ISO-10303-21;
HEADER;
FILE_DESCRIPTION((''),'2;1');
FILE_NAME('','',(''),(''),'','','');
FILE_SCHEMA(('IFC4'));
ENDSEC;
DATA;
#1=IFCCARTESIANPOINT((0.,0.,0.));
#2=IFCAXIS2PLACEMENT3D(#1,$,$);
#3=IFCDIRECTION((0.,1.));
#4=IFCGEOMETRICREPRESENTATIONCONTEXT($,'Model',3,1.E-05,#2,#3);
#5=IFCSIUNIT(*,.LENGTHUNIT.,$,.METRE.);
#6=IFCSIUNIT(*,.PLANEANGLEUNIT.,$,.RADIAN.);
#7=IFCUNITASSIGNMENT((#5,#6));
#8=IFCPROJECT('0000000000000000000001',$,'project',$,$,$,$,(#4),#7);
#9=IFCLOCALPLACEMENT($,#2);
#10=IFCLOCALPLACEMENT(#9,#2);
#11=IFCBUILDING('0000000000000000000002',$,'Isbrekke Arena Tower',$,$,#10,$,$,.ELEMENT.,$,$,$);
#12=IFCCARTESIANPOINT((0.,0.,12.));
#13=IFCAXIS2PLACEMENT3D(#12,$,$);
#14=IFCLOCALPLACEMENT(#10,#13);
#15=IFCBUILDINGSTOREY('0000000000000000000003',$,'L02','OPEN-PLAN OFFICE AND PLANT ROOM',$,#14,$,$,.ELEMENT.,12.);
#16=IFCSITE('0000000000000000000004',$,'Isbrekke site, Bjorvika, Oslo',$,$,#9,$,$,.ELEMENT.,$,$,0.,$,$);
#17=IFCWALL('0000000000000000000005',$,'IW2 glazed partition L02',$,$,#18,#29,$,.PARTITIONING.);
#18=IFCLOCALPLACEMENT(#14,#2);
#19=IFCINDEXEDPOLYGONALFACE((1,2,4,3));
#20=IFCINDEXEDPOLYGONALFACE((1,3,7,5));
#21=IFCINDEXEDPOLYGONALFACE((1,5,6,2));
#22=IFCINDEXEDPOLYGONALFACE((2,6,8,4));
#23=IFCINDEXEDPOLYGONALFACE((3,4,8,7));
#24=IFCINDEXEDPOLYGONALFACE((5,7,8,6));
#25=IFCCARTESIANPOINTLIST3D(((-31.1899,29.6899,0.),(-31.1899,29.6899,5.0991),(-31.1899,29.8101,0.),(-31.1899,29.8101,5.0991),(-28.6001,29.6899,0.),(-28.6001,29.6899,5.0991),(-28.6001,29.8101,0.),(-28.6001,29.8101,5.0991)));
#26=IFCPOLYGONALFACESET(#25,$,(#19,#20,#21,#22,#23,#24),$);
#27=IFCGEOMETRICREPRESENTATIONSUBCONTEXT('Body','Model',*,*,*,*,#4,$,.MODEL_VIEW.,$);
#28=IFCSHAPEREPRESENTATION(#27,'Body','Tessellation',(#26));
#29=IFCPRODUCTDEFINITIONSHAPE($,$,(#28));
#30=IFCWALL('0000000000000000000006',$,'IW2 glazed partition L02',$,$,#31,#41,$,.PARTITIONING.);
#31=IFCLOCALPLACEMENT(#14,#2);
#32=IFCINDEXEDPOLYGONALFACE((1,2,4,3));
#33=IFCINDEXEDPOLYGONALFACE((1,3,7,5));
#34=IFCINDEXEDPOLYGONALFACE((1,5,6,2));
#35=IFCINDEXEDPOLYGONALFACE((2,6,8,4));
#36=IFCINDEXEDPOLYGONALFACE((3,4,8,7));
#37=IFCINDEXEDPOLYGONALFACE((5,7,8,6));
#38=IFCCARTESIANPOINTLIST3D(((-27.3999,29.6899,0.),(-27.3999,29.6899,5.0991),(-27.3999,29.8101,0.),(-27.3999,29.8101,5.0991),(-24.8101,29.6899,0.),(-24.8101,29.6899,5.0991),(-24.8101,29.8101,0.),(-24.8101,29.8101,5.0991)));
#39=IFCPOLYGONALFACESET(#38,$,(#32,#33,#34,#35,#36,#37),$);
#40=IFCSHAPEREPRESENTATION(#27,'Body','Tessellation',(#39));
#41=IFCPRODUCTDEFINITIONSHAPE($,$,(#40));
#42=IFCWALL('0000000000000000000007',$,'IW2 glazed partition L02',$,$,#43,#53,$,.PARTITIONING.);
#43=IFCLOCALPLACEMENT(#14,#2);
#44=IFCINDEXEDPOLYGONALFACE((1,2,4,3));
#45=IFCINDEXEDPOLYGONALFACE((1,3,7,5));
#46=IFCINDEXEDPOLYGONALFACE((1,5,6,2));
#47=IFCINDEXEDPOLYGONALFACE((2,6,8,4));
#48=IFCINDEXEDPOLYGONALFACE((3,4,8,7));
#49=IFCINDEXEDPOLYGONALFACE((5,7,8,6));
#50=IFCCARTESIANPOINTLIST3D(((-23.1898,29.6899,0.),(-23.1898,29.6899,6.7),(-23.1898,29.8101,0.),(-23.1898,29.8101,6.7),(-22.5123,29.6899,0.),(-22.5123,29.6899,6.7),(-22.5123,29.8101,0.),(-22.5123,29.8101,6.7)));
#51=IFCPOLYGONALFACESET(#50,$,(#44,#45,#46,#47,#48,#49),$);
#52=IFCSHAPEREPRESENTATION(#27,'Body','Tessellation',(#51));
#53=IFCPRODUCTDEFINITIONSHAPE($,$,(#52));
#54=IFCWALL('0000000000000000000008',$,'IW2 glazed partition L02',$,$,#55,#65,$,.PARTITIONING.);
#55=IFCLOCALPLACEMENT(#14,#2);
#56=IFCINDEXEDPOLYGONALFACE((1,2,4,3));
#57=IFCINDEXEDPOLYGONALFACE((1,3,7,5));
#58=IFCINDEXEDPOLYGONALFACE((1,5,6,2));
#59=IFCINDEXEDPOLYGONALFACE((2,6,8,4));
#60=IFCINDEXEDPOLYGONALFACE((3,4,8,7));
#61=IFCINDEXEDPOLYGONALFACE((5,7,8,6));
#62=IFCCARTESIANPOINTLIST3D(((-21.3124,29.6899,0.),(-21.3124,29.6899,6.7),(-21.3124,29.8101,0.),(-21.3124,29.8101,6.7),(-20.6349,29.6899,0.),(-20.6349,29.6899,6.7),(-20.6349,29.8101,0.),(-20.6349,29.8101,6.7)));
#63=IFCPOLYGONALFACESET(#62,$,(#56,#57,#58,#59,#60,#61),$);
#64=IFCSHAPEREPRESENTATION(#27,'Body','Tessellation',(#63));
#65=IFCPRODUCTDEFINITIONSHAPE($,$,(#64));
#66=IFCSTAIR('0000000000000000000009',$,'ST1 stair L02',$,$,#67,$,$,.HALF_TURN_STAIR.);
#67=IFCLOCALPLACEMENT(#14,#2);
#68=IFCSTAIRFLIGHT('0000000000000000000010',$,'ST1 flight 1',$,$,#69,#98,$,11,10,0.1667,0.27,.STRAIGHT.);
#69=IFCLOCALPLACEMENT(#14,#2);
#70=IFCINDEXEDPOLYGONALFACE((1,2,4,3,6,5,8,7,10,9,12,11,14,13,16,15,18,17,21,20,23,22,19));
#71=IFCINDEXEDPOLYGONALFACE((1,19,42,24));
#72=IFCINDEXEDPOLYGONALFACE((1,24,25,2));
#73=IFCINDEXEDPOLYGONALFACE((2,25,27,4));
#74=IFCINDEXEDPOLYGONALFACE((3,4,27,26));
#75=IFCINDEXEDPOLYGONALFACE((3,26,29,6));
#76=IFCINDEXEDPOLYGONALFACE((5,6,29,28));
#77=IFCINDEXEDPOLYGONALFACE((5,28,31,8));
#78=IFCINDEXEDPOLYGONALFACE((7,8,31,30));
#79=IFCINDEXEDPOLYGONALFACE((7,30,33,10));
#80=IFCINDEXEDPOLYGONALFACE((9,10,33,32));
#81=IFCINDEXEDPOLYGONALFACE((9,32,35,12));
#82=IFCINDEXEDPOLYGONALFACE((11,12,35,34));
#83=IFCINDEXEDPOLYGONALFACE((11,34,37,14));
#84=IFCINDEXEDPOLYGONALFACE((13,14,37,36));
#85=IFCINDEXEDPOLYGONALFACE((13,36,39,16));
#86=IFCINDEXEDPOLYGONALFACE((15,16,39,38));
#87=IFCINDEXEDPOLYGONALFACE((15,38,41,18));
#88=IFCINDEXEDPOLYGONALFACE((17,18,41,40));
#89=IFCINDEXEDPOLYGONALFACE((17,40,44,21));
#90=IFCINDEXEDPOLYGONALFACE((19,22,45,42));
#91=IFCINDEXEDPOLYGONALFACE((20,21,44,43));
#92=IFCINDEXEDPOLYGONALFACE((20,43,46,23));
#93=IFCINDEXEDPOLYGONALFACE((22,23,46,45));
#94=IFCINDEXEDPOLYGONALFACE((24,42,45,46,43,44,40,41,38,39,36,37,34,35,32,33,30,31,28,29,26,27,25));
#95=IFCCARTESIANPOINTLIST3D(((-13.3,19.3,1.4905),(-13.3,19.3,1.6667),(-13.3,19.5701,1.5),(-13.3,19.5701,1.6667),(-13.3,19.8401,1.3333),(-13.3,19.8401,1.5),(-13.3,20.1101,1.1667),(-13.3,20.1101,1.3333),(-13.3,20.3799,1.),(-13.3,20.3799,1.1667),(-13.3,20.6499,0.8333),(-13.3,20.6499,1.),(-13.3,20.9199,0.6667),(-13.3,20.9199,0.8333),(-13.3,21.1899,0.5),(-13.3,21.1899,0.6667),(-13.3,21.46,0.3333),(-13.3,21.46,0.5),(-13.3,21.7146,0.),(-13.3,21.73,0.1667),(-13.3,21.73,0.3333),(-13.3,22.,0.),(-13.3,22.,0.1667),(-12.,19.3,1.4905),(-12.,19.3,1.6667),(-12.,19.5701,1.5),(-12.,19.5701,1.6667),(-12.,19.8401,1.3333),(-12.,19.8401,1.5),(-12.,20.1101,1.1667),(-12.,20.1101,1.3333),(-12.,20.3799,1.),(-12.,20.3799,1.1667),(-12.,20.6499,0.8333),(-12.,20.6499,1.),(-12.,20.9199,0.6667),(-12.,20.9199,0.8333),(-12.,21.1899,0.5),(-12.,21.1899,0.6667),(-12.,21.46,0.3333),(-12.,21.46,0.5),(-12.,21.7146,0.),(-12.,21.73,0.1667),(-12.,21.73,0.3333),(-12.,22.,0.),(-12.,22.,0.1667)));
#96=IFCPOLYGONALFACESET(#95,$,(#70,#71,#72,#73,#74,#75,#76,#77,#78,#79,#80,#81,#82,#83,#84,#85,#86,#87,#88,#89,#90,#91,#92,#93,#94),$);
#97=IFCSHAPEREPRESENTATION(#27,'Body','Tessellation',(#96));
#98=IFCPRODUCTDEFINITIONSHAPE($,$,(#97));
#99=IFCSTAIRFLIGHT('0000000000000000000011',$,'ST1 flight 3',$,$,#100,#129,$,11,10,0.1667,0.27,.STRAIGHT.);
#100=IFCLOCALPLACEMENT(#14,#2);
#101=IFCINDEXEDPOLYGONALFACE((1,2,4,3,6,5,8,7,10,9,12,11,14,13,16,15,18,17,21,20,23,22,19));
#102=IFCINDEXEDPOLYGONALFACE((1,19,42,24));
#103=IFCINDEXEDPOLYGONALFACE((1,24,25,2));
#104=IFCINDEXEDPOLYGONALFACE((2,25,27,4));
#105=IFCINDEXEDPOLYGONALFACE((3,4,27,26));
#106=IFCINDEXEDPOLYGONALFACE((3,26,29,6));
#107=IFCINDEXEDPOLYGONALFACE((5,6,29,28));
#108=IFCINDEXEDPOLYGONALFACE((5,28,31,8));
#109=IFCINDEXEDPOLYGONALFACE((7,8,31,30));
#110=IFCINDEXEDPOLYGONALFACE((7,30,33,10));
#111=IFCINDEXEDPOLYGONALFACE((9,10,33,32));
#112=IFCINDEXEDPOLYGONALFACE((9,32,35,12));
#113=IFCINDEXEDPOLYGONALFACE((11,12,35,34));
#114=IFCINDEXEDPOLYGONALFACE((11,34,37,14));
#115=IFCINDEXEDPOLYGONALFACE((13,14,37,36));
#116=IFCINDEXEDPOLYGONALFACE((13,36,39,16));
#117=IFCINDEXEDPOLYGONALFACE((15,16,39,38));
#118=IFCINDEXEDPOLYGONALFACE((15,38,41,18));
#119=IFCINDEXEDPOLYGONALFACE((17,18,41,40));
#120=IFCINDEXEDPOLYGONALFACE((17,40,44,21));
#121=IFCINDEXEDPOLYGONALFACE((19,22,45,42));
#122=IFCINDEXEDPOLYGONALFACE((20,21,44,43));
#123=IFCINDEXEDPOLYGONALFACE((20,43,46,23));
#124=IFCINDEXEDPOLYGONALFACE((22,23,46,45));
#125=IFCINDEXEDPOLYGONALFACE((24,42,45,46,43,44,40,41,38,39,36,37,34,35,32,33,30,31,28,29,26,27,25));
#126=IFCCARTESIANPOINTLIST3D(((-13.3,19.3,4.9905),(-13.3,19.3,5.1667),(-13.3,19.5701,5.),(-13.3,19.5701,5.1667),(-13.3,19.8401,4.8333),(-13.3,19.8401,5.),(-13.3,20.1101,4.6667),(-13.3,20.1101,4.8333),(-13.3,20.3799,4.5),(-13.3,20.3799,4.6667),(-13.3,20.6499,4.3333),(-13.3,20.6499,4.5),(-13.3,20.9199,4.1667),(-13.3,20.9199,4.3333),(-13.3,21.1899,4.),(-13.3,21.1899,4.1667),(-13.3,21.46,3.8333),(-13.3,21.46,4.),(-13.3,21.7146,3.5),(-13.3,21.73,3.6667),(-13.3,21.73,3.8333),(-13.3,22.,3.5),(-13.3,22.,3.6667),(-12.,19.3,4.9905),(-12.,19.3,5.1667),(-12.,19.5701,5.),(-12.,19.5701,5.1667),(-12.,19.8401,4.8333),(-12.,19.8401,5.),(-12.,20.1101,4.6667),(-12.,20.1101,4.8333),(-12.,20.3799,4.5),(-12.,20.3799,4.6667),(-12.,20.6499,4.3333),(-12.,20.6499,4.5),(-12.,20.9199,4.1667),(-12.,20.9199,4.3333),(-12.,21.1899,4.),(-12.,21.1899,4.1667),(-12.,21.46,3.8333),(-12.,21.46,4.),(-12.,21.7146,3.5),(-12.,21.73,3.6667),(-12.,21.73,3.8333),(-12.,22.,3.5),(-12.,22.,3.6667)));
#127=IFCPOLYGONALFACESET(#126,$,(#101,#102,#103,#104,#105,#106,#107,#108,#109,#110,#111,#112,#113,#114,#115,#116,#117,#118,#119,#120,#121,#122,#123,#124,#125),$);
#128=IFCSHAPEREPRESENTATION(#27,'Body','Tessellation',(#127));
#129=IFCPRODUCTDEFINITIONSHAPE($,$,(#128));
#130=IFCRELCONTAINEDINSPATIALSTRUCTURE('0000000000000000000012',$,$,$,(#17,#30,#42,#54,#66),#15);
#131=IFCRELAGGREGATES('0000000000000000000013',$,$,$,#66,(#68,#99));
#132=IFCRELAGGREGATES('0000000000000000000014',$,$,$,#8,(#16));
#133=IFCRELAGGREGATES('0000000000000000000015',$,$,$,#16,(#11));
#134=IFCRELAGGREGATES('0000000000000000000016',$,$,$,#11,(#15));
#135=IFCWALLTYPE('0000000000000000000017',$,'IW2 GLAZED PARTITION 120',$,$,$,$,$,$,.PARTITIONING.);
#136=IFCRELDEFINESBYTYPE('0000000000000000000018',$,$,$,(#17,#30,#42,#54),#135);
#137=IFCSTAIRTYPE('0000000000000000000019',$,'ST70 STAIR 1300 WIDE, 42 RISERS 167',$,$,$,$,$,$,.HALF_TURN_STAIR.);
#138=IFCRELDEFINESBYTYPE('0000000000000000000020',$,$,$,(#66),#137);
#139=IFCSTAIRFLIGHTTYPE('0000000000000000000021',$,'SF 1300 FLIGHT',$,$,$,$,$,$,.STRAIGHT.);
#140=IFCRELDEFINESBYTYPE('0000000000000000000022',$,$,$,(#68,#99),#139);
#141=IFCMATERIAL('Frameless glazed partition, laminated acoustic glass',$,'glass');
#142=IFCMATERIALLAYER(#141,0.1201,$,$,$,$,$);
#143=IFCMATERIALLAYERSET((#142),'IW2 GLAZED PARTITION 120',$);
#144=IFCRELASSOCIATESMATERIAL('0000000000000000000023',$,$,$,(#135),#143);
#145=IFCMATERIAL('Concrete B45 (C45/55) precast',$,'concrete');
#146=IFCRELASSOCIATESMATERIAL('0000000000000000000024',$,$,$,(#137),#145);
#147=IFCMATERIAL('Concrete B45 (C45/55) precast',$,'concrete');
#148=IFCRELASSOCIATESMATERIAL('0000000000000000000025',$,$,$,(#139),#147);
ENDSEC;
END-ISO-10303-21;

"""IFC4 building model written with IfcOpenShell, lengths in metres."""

from ifc_helpers import new_model, si_unit, direction, frame, frame_2d, origin, place, context, subcontext, project, spatial, polyline, rectangle, outline, extrude, material, layer, layer_set, type_object, element, aggregate, save


model = new_model("IFC4")

# Units and contexts
model_context = context("Model", 3, precision=1e-05, world=origin(), true_north=direction((0.0, 1.0)))
body_context = subcontext(model_context, "Body", "Model", "MODEL_VIEW")
ifc_project = project(units=[si_unit("LENGTHUNIT", "METRE"), si_unit("PLANEANGLEUNIT", "RADIAN")], contexts=[model_context])

# Site, building, storey
site_placement = place(None, origin())
site = spatial("IfcSite", under=ifc_project, at=site_placement, Name="Isbrekke site, Bjorvika, Oslo", CompositionType="ELEMENT", RefElevation=0.0)
building_placement = place(site_placement, origin())
building = spatial("IfcBuilding", under=site, at=building_placement, Name="Isbrekke Arena Tower", CompositionType="ELEMENT")
storey_placement = place(building_placement, frame((0.0, 0.0, 12.0)))
storey = spatial("IfcBuildingStorey", under=building, at=storey_placement, Name="L02", Description="OPEN-PLAN OFFICE AND PLANT ROOM", CompositionType="ELEMENT", Elevation=12.0)

# Walls
ifc_material_1 = material(Name="Frameless glazed partition, laminated acoustic glass", Category="glass")
ifc_layer_1 = layer(ifc_material_1, 0.1201)
ifc_layer_set_1 = layer_set([ifc_layer_1], Name="IW2 GLAZED PARTITION 120")
wall_type_1 = type_object("IfcWallType", Name="IW2 GLAZED PARTITION 120", PredefinedType="PARTITIONING", material=ifc_layer_set_1)
for number, where, z_axis, x_axis, name in (
    (1, (-31.1899, 29.75, 0.0), (0.0, 0.0, 1.0), (1.0, 0.0, 0.0), "IW2 glazed partition L02"),
    (2, (-27.3999, 29.75, 0.0), (0.0, 0.0, 1.0), (1.0, 0.0, 0.0), "IW2 glazed partition L02"),
):
    element("IfcWall", number, at=place(storey_placement, frame(where, z_axis=z_axis, x_axis=x_axis)), inside=storey, type_object=wall_type_1, Name=name, PredefinedType="PARTITIONING", context=body_context, shape_type="SweptSolid", body=[
        extrude(rectangle(XDim=2.5898, YDim=0.1201, at=frame_2d((1.2949, 0.0))), origin(), (0.0, 0.0, 1.0), 5.0991),
    ])
for number, where, z_axis, x_axis, name in (
    (3, (-23.1899, 29.75, 0.0), (0.0, 0.0, 1.0), (1.0, 0.0, 0.0), "IW2 glazed partition L02"),
    (4, (-21.3125, 29.75, 0.0), (0.0, 0.0, 1.0), (1.0, 0.0, 0.0), "IW2 glazed partition L02"),
):
    element("IfcWall", number, at=place(storey_placement, frame(where, z_axis=z_axis, x_axis=x_axis)), inside=storey, type_object=wall_type_1, Name=name, PredefinedType="PARTITIONING", context=body_context, shape_type="SweptSolid", body=[
        extrude(rectangle(XDim=0.6775, YDim=0.1201, at=frame_2d((0.3389, 0.0))), origin(), (0.0, 0.0, 1.0), 6.7),
    ])

# Stair, stair flights
ifc_material_2 = material(Name="Concrete B45 (C45/55) precast", Category="concrete")
stair_type = type_object("IfcStairType", Name="ST70 STAIR 1300 WIDE, 42 RISERS 167", PredefinedType="HALF_TURN_STAIR", material=ifc_material_2)
stair_placement = place(storey_placement, origin())
stair = element("IfcStair", 5, at=stair_placement, inside=storey, type_object=stair_type, Name="ST1 stair L02", PredefinedType="HALF_TURN_STAIR")
ifc_material_3 = material(Name="Concrete B45 (C45/55) precast", Category="concrete")
stair_flight_type = type_object("IfcStairFlightType", Name="SF 1300 FLIGHT", PredefinedType="STRAIGHT", material=ifc_material_3)
stair_flight_1_placement = place(storey_placement, frame((-12.6499, 22.0, 0.0), z_axis=(0.0, 0.0, 1.0), x_axis=(0.0, -1.0, 0.0)))
stair_flight_1 = element("IfcStairFlight", 6, at=stair_flight_1_placement, type_object=stair_flight_type, Name="ST1 flight 1", NumberOfRisers=11, NumberOfTreads=10, PredefinedType="STRAIGHT", RiserHeight=0.1667, TreadLength=0.27, context=body_context, shape_type="SweptSolid", body=[
    extrude(outline(polyline([(0.0, 0.0), (0.0, 0.1667), (0.27, 0.1667), (0.27, 0.3333), (0.54, 0.3333), (0.54, 0.5), (0.8101, 0.5), (0.8101, 0.6667), (1.0801, 0.6667), (1.0801, 0.8333), (1.3501, 0.8333), (1.3501, 1.0), (1.6201, 1.0), (1.6201, 1.1667), (1.8899, 1.1667), (1.8899, 1.3333), (2.1599, 1.3333), (2.1599, 1.5), (2.4299, 1.5), (2.4299, 1.6667), (2.7, 1.6667), (2.7, 1.8333), (2.7, 1.4905), (0.2854, 0.0), (0.0, 0.0)])), frame((0.0, 0.6499, 0.0), z_axis=(0.0, -1.0, 0.0), x_axis=(1.0, 0.0, 0.0)), (0.0, 0.0, 1.0), 1.3),
])
stair_flight_2_placement = place(storey_placement, frame((-12.6499, 22.0, 3.5), z_axis=(0.0, 0.0, 1.0), x_axis=(0.0, -1.0, 0.0)))
stair_flight_2 = element("IfcStairFlight", 7, at=stair_flight_2_placement, type_object=stair_flight_type, Name="ST1 flight 3", NumberOfRisers=11, NumberOfTreads=10, PredefinedType="STRAIGHT", RiserHeight=0.1667, TreadLength=0.27, context=body_context, shape_type="SweptSolid", body=[
    extrude(outline(polyline([(0.0, 0.0), (0.0, 0.1667), (0.27, 0.1667), (0.27, 0.3333), (0.54, 0.3333), (0.54, 0.5), (0.8101, 0.5), (0.8101, 0.6667), (1.0801, 0.6667), (1.0801, 0.8333), (1.3501, 0.8333), (1.3501, 1.0), (1.6201, 1.0), (1.6201, 1.1667), (1.8899, 1.1667), (1.8899, 1.3333), (2.1599, 1.3333), (2.1599, 1.5), (2.4299, 1.5), (2.4299, 1.6667), (2.7, 1.6667), (2.7, 1.8333), (2.7, 1.4905), (0.2854, 0.0), (0.0, 0.0)])), frame((0.0, 0.6499, 0.0), z_axis=(0.0, -1.0, 0.0), x_axis=(1.0, 0.0, 0.0)), (0.0, 0.0, 1.0), 1.3),
])
aggregate(stair, [stair_flight_1, stair_flight_2])

save(model, "model.ifc")
